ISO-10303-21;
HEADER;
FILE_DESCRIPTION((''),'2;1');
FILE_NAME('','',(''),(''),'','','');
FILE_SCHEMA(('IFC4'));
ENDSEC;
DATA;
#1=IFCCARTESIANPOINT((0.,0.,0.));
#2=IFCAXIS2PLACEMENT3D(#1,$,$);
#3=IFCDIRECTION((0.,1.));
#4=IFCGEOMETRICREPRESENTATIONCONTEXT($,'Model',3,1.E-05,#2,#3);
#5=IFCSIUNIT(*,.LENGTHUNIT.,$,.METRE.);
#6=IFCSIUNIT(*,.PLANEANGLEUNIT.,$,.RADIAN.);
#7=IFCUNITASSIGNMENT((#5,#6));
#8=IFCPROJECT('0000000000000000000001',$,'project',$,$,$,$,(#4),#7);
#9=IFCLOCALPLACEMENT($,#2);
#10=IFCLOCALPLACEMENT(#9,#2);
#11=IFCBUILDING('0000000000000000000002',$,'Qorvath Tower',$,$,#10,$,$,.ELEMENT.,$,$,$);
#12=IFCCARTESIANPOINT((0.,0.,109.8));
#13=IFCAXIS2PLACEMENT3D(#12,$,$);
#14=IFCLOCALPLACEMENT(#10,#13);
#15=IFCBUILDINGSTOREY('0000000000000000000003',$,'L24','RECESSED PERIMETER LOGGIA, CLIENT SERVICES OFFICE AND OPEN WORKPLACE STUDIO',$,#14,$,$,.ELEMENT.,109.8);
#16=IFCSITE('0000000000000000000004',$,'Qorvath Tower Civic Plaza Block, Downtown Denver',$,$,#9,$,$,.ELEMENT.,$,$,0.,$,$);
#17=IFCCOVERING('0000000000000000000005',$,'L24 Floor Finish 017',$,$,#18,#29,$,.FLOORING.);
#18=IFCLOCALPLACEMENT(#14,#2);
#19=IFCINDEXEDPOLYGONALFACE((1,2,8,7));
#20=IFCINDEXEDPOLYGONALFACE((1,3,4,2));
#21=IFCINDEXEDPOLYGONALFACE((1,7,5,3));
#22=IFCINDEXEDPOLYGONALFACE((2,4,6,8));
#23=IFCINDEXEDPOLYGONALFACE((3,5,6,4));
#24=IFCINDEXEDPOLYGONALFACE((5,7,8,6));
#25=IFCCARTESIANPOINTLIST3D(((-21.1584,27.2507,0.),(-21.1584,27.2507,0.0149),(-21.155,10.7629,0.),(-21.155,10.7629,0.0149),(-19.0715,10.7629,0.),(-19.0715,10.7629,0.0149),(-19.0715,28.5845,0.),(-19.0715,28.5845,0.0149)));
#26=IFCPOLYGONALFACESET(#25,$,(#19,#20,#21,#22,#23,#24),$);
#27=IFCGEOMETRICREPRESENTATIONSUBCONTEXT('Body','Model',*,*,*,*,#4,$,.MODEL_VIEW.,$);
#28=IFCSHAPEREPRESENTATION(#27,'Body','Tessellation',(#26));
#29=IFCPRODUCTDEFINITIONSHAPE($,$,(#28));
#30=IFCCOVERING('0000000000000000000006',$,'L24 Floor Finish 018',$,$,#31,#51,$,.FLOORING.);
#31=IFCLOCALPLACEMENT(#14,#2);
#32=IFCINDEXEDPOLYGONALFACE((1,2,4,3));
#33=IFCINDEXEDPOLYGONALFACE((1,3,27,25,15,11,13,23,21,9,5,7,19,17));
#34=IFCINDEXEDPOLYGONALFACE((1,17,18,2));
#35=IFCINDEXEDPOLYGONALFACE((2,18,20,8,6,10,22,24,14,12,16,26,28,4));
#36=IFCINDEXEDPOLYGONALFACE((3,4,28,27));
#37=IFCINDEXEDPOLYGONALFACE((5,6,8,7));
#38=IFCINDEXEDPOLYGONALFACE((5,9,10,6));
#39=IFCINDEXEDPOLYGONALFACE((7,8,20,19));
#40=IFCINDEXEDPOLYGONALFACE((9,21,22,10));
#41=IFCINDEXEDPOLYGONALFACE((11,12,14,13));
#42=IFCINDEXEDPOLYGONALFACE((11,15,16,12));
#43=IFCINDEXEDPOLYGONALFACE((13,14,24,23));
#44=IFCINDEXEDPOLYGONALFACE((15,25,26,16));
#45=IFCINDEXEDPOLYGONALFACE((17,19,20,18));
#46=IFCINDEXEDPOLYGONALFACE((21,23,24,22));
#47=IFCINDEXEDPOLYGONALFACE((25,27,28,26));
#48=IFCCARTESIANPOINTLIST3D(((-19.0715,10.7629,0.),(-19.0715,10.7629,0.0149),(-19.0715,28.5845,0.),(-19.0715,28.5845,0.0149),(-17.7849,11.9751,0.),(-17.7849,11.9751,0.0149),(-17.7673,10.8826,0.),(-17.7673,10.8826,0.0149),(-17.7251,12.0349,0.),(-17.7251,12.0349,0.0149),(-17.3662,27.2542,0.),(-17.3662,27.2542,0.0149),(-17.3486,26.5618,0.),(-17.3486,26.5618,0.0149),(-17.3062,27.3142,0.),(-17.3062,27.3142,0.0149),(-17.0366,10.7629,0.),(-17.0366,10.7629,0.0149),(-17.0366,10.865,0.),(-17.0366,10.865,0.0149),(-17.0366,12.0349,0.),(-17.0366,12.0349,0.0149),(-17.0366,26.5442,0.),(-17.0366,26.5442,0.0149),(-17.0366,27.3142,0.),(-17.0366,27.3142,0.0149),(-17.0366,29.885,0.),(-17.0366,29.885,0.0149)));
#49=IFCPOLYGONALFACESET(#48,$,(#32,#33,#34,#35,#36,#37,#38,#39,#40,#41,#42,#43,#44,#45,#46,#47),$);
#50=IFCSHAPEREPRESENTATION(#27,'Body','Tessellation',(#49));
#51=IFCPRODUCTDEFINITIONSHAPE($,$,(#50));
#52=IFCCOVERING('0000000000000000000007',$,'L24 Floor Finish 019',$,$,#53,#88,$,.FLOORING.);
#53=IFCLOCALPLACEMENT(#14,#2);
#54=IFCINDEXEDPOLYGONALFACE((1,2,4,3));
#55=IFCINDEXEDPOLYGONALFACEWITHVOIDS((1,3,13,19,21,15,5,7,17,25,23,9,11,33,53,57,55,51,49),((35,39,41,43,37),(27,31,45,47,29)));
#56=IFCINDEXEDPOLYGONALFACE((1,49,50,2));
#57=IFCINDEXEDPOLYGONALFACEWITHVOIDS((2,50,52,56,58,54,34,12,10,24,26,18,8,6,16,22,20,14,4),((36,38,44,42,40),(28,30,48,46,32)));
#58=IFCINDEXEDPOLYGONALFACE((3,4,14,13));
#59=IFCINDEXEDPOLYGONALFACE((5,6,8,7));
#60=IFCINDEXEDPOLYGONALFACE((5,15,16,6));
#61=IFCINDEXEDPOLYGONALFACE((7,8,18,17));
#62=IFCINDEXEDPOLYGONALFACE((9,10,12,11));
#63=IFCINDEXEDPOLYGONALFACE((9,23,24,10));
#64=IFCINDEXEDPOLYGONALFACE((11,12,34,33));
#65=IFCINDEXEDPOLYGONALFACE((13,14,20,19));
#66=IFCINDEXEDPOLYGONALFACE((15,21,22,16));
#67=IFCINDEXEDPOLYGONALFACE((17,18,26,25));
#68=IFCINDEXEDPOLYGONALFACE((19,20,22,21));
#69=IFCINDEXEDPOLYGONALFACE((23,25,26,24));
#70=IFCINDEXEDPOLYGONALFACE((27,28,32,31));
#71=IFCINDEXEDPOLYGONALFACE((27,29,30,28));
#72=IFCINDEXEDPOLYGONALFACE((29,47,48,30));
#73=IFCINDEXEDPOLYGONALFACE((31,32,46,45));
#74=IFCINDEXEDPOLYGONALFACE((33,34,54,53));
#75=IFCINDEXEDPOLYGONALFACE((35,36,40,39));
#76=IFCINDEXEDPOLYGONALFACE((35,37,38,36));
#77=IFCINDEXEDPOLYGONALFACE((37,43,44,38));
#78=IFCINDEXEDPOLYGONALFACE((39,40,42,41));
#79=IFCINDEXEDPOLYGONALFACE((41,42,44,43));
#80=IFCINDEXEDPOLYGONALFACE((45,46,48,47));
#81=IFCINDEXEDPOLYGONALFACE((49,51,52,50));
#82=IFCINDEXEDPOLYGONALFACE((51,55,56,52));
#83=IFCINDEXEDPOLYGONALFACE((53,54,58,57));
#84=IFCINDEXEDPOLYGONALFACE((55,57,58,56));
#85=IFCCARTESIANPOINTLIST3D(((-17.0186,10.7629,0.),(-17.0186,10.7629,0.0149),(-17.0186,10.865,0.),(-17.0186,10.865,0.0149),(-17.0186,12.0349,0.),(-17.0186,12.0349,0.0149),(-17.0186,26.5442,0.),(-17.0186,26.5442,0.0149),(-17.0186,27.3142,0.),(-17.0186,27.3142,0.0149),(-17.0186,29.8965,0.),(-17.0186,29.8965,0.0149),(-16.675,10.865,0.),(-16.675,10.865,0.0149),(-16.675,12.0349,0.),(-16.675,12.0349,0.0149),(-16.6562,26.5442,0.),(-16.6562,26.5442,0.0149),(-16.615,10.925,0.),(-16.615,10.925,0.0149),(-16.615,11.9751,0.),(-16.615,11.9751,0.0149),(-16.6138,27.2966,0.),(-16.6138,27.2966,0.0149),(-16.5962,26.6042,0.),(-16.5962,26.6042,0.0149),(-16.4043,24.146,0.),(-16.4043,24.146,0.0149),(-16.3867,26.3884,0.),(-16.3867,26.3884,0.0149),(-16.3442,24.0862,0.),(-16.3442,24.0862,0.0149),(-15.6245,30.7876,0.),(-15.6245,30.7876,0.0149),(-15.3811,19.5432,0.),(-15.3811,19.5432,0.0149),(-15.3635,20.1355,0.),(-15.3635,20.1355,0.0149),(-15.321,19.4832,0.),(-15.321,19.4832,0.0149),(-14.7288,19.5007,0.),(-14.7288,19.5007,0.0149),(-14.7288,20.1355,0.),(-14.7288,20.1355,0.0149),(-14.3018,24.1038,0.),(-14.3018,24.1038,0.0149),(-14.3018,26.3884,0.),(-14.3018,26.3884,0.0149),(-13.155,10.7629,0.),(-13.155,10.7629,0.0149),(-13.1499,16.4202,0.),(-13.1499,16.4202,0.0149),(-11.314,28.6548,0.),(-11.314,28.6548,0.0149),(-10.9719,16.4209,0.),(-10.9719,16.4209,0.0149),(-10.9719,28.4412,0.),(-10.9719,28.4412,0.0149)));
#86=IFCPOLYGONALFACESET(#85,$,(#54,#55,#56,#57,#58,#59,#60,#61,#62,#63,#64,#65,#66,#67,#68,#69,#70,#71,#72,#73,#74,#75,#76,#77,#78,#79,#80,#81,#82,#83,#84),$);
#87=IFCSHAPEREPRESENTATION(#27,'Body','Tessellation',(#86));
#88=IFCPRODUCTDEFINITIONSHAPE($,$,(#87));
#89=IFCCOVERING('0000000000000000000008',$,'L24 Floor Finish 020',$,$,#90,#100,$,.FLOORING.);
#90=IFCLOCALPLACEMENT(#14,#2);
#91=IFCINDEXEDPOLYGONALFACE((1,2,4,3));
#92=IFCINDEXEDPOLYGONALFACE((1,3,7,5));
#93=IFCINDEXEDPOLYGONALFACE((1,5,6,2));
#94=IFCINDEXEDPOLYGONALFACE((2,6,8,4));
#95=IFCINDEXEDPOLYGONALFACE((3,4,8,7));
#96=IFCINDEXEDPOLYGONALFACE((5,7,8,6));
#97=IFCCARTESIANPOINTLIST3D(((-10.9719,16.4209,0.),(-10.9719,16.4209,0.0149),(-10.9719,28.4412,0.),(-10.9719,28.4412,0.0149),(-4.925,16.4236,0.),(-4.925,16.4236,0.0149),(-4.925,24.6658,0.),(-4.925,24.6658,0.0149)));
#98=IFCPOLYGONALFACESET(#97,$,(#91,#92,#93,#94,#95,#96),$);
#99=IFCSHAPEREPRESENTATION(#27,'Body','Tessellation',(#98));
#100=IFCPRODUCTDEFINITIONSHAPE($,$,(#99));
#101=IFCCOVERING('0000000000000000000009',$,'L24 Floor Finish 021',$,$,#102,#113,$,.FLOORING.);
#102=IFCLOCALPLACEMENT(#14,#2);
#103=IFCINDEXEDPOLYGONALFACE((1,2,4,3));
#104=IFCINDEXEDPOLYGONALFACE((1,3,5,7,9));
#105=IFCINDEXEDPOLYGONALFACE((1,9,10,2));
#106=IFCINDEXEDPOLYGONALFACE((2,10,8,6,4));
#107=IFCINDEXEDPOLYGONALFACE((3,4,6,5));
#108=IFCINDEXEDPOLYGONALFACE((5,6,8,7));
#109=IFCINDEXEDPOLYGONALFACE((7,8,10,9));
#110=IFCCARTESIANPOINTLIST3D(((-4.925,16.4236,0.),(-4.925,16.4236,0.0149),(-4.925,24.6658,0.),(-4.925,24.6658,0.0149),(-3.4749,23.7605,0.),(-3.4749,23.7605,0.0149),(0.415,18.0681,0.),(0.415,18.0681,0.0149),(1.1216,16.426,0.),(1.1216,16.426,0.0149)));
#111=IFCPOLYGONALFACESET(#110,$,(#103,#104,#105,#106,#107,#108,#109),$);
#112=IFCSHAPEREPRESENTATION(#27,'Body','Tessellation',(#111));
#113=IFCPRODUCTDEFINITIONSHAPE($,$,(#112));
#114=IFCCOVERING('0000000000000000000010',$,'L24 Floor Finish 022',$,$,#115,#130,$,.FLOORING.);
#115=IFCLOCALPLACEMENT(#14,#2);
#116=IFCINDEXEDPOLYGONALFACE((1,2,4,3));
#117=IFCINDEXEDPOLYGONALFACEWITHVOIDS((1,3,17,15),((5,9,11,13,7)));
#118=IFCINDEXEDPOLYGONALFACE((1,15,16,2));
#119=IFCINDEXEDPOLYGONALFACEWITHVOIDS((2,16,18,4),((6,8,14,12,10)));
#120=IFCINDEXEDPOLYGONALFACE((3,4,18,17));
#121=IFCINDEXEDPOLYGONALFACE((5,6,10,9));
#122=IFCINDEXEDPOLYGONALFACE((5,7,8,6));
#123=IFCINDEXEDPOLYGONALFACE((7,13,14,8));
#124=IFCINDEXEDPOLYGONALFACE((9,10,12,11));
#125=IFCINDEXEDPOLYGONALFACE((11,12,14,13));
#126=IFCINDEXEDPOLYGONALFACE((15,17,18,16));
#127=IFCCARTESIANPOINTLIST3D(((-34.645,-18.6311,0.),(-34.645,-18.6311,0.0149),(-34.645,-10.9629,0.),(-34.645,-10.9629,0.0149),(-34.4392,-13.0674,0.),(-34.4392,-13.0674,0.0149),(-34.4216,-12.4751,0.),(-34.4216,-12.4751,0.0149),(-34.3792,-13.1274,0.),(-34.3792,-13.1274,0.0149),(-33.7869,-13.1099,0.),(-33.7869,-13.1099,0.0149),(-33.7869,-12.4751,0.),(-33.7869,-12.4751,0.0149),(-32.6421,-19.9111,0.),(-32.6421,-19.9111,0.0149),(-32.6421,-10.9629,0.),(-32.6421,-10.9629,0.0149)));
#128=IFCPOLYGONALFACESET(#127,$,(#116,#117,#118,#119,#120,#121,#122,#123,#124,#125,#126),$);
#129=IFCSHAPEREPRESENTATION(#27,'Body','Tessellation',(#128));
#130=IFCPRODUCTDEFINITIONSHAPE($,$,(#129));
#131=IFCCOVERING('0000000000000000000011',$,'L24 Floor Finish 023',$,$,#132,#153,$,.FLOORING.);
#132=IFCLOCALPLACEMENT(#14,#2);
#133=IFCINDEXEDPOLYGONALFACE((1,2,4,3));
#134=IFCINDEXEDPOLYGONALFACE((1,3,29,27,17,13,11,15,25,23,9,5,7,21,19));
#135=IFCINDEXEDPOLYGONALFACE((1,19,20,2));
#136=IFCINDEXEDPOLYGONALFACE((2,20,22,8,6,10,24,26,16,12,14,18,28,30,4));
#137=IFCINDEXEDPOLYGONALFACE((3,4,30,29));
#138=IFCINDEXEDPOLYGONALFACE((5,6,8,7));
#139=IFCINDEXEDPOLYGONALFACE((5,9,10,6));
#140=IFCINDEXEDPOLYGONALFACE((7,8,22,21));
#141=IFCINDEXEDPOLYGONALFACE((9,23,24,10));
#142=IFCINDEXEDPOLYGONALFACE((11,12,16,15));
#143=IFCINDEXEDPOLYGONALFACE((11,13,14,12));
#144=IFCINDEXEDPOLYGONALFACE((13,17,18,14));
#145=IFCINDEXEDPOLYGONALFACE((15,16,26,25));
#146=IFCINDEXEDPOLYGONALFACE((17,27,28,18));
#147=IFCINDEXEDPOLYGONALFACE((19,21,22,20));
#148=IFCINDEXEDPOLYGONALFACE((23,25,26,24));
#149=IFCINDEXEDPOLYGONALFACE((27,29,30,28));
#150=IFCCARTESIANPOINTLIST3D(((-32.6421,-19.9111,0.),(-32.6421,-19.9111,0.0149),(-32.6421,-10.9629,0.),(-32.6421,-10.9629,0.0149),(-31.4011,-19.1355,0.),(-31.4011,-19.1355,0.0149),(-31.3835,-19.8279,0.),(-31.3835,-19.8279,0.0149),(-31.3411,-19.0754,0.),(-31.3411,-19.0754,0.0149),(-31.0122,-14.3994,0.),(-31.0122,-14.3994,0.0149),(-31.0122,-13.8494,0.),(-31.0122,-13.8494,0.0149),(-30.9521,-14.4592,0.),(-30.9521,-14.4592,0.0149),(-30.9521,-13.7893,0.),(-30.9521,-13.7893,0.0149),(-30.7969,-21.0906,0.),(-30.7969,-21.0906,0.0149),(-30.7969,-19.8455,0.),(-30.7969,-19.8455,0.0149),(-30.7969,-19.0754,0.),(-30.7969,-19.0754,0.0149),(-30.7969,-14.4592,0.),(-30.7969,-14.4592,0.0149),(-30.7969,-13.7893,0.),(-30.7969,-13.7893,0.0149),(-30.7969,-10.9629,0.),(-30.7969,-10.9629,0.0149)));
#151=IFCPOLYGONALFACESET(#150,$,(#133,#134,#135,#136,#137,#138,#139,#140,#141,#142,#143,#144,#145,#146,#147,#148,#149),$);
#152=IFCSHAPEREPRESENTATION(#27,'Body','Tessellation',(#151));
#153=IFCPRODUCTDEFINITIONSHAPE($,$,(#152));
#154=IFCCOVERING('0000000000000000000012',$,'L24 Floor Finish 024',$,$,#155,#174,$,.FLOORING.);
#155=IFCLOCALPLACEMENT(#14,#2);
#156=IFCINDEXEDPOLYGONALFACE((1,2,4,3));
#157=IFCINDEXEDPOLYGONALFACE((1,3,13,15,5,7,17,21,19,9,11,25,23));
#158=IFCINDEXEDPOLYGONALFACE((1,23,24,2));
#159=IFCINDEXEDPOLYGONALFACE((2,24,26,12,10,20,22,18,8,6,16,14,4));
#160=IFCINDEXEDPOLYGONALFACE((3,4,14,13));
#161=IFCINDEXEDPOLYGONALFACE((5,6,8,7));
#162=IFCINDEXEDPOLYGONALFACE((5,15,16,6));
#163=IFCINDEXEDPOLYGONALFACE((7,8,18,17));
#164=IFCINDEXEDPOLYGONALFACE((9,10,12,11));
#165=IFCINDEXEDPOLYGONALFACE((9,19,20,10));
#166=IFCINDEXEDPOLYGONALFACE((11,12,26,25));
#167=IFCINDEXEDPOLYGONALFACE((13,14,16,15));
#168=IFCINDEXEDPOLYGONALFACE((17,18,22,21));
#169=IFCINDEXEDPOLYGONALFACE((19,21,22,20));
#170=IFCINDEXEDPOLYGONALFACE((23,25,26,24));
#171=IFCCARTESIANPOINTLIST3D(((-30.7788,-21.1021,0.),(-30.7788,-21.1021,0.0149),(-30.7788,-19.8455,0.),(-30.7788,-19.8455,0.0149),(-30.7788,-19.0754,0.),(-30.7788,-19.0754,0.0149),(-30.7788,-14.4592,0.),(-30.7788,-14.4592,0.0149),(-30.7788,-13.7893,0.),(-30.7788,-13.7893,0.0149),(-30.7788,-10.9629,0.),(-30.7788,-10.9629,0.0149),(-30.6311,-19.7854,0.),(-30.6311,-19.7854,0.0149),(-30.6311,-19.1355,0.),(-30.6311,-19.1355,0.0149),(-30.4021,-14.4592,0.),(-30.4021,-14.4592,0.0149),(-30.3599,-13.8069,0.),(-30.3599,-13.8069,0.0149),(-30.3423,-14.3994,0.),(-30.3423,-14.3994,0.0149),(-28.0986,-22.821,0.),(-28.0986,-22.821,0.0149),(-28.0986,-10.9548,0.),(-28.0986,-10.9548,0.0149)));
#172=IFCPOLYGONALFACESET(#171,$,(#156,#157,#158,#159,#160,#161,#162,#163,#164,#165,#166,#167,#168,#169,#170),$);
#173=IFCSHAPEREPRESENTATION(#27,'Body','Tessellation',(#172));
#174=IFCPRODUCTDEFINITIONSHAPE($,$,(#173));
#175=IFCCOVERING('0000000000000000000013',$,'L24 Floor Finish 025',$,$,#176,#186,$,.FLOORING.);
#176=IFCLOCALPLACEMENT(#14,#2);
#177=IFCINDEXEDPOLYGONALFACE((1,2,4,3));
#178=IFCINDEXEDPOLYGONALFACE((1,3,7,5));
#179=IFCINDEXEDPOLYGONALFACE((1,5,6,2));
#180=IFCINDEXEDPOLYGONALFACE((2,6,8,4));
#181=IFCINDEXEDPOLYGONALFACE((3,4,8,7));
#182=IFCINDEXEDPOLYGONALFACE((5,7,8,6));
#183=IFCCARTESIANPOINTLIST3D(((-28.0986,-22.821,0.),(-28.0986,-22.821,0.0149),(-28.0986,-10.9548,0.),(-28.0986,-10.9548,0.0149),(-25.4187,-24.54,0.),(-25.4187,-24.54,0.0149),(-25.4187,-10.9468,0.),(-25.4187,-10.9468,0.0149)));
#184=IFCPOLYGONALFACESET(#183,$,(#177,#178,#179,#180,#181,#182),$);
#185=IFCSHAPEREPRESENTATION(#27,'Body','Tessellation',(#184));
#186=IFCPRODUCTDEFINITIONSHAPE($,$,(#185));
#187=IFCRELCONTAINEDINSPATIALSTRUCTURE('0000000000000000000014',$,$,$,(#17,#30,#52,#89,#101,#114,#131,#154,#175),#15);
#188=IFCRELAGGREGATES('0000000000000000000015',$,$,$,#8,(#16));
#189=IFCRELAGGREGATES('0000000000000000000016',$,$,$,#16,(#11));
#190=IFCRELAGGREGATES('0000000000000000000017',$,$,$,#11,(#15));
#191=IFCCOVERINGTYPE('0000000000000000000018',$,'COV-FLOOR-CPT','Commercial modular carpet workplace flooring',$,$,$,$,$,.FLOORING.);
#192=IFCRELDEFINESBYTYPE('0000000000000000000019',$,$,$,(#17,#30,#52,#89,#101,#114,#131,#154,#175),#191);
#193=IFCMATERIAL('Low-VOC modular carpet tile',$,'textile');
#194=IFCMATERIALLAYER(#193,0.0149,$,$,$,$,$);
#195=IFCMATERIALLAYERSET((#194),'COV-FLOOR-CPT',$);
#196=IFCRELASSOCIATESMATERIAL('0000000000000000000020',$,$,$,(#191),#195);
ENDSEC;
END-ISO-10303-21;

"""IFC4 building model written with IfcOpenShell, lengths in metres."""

from ifc_helpers import new_model, si_unit, direction, frame, origin, place, context, subcontext, project, spatial, polyline, outline, extrude, material, layer, layer_set, type_object, element, save


model = new_model("IFC4")

# Units and contexts
model_context = context("Model", 3, precision=1e-05, world=origin(), true_north=direction((0.0, 1.0)))
body_context = subcontext(model_context, "Body", "Model", "MODEL_VIEW")
ifc_project = project(units=[si_unit("LENGTHUNIT", "METRE"), si_unit("PLANEANGLEUNIT", "RADIAN")], contexts=[model_context])

# Site, building, storey
site_placement = place(None, origin())
site = spatial("IfcSite", under=ifc_project, at=site_placement, Name="Qorvath Tower Civic Plaza Block, Downtown Denver", CompositionType="ELEMENT", RefElevation=0.0)
building_placement = place(site_placement, origin())
building = spatial("IfcBuilding", under=site, at=building_placement, Name="Qorvath Tower", CompositionType="ELEMENT")
storey_placement = place(building_placement, frame((0.0, 0.0, 109.8)))
storey = spatial("IfcBuildingStorey", under=building, at=storey_placement, Name="L24", Description="RECESSED PERIMETER LOGGIA, CLIENT SERVICES OFFICE AND OPEN WORKPLACE STUDIO", CompositionType="ELEMENT", Elevation=109.8)

# Coverings
ifc_material_1 = material(Name="Low-VOC modular carpet tile", Category="textile")
ifc_layer_1 = layer(ifc_material_1, 0.0149)
ifc_layer_set_1 = layer_set([ifc_layer_1], Name="COV-FLOOR-CPT")
covering_type_1 = type_object("IfcCoveringType", Name="COV-FLOOR-CPT", Description="Commercial modular carpet workplace flooring", PredefinedType="FLOORING", material=ifc_layer_set_1)
covering_1_placement = place(storey_placement, origin())
element("IfcCovering", 1, at=covering_1_placement, inside=storey, type_object=covering_type_1, Name="L24 Floor Finish 017", PredefinedType="FLOORING", context=body_context, shape_type="SweptSolid", body=[
    extrude(outline(polyline([(-19.0715, 10.7629), (-19.0715, 28.5845), (-21.1584, 27.2507), (-21.155, 10.7629), (-19.0715, 10.7629)])), origin(), (0.0, 0.0, 1.0), 0.0149),
])
covering_2_placement = place(storey_placement, origin())
element("IfcCovering", 2, at=covering_2_placement, inside=storey, type_object=covering_type_1, Name="L24 Floor Finish 018", PredefinedType="FLOORING", context=body_context, shape_type="SweptSolid", body=[
    extrude(outline(polyline([(-17.7251, 12.0349), (-17.0366, 12.0349), (-17.0366, 26.5442), (-17.3486, 26.5618), (-17.3662, 27.2542), (-17.3062, 27.3142), (-17.0366, 27.3142), (-17.0366, 29.885), (-19.0715, 28.5845), (-19.0715, 10.7629), (-17.0366, 10.7629), (-17.0366, 10.865), (-17.7673, 10.8826), (-17.7849, 11.9751), (-17.7251, 12.0349)])), origin(), (0.0, 0.0, 1.0), 0.0149),
])
covering_3_placement = place(storey_placement, origin())
element("IfcCovering", 3, at=covering_3_placement, inside=storey, type_object=covering_type_1, Name="L24 Floor Finish 019", PredefinedType="FLOORING", context=body_context, shape_type="SweptSolid", body=[
    extrude(outline(polyline([(-10.9719, 16.4209), (-10.9719, 28.4412), (-11.314, 28.6548), (-15.6245, 30.7876), (-17.0186, 29.8965), (-17.0186, 27.3142), (-16.6138, 27.2966), (-16.5962, 26.6042), (-16.6562, 26.5442), (-17.0186, 26.5442), (-17.0186, 12.0349), (-16.675, 12.0349), (-16.615, 11.9751), (-16.615, 10.925), (-16.675, 10.865), (-17.0186, 10.865), (-17.0186, 10.7629), (-13.155, 10.7629), (-13.1499, 16.4202), (-10.9719, 16.4209)]), holes=[polyline([(-16.4043, 24.146), (-16.3867, 26.3884), (-14.3018, 26.3884), (-14.3018, 24.1038), (-16.3442, 24.0862), (-16.4043, 24.146)]), polyline([(-15.3811, 19.5432), (-15.3635, 20.1355), (-14.7288, 20.1355), (-14.7288, 19.5007), (-15.321, 19.4832), (-15.3811, 19.5432)])]), origin(), (0.0, 0.0, 1.0), 0.0149),
])
covering_4_placement = place(storey_placement, origin())
element("IfcCovering", 4, at=covering_4_placement, inside=storey, type_object=covering_type_1, Name="L24 Floor Finish 020", PredefinedType="FLOORING", context=body_context, shape_type="SweptSolid", body=[
    extrude(outline(polyline([(-4.925, 16.4236), (-4.925, 24.6658), (-10.9719, 28.4412), (-10.9719, 16.4209), (-4.925, 16.4236)])), origin(), (0.0, 0.0, 1.0), 0.0149),
])
covering_5_placement = place(storey_placement, origin())
element("IfcCovering", 5, at=covering_5_placement, inside=storey, type_object=covering_type_1, Name="L24 Floor Finish 021", PredefinedType="FLOORING", context=body_context, shape_type="SweptSolid", body=[
    extrude(outline(polyline([(-3.4749, 23.7605), (-4.925, 24.6658), (-4.925, 16.4236), (1.1216, 16.426), (0.415, 18.0681), (-3.4749, 23.7605)])), origin(), (0.0, 0.0, 1.0), 0.0149),
])
covering_6_placement = place(storey_placement, origin())
element("IfcCovering", 6, at=covering_6_placement, inside=storey, type_object=covering_type_1, Name="L24 Floor Finish 022", PredefinedType="FLOORING", context=body_context, shape_type="SweptSolid", body=[
    extrude(outline(polyline([(-32.6421, -19.9111), (-32.6421, -10.9629), (-34.645, -10.9629), (-34.645, -18.6311), (-32.6421, -19.9111)]), holes=[polyline([(-34.4392, -13.0674), (-34.4216, -12.4751), (-33.7869, -12.4751), (-33.7869, -13.1099), (-34.3792, -13.1274), (-34.4392, -13.0674)])]), origin(), (0.0, 0.0, 1.0), 0.0149),
])
covering_7_placement = place(storey_placement, origin())
element("IfcCovering", 7, at=covering_7_placement, inside=storey, type_object=covering_type_1, Name="L24 Floor Finish 023", PredefinedType="FLOORING", context=body_context, shape_type="SweptSolid", body=[
    extrude(outline(polyline([(-31.3411, -19.0754), (-30.7969, -19.0754), (-30.7969, -14.4592), (-30.9521, -14.4592), (-31.0122, -14.3994), (-31.0122, -13.8494), (-30.9521, -13.7893), (-30.7969, -13.7893), (-30.7969, -10.9629), (-32.6421, -10.9629), (-32.6421, -19.9111), (-30.7969, -21.0906), (-30.7969, -19.8455), (-31.3835, -19.8279), (-31.4011, -19.1355), (-31.3411, -19.0754)])), origin(), (0.0, 0.0, 1.0), 0.0149),
])
covering_8_placement = place(storey_placement, origin())
element("IfcCovering", 8, at=covering_8_placement, inside=storey, type_object=covering_type_1, Name="L24 Floor Finish 024", PredefinedType="FLOORING", context=body_context, shape_type="SweptSolid", body=[
    extrude(outline(polyline([(-28.0986, -22.821), (-28.0986, -10.9548), (-30.7788, -10.9629), (-30.7788, -13.7893), (-30.3599, -13.8069), (-30.3423, -14.3994), (-30.4021, -14.4592), (-30.7788, -14.4592), (-30.7788, -19.0754), (-30.6311, -19.1355), (-30.6311, -19.7854), (-30.7788, -19.8455), (-30.7788, -21.1021), (-28.0986, -22.821)])), origin(), (0.0, 0.0, 1.0), 0.0149),
])
covering_9_placement = place(storey_placement, origin())
element("IfcCovering", 9, at=covering_9_placement, inside=storey, type_object=covering_type_1, Name="L24 Floor Finish 025", PredefinedType="FLOORING", context=body_context, shape_type="SweptSolid", body=[
    extrude(outline(polyline([(-25.4187, -24.54), (-25.4187, -10.9468), (-28.0986, -10.9548), (-28.0986, -22.821), (-25.4187, -24.54)])), origin(), (0.0, 0.0, 1.0), 0.0149),
])

save(model, "model.ifc")
